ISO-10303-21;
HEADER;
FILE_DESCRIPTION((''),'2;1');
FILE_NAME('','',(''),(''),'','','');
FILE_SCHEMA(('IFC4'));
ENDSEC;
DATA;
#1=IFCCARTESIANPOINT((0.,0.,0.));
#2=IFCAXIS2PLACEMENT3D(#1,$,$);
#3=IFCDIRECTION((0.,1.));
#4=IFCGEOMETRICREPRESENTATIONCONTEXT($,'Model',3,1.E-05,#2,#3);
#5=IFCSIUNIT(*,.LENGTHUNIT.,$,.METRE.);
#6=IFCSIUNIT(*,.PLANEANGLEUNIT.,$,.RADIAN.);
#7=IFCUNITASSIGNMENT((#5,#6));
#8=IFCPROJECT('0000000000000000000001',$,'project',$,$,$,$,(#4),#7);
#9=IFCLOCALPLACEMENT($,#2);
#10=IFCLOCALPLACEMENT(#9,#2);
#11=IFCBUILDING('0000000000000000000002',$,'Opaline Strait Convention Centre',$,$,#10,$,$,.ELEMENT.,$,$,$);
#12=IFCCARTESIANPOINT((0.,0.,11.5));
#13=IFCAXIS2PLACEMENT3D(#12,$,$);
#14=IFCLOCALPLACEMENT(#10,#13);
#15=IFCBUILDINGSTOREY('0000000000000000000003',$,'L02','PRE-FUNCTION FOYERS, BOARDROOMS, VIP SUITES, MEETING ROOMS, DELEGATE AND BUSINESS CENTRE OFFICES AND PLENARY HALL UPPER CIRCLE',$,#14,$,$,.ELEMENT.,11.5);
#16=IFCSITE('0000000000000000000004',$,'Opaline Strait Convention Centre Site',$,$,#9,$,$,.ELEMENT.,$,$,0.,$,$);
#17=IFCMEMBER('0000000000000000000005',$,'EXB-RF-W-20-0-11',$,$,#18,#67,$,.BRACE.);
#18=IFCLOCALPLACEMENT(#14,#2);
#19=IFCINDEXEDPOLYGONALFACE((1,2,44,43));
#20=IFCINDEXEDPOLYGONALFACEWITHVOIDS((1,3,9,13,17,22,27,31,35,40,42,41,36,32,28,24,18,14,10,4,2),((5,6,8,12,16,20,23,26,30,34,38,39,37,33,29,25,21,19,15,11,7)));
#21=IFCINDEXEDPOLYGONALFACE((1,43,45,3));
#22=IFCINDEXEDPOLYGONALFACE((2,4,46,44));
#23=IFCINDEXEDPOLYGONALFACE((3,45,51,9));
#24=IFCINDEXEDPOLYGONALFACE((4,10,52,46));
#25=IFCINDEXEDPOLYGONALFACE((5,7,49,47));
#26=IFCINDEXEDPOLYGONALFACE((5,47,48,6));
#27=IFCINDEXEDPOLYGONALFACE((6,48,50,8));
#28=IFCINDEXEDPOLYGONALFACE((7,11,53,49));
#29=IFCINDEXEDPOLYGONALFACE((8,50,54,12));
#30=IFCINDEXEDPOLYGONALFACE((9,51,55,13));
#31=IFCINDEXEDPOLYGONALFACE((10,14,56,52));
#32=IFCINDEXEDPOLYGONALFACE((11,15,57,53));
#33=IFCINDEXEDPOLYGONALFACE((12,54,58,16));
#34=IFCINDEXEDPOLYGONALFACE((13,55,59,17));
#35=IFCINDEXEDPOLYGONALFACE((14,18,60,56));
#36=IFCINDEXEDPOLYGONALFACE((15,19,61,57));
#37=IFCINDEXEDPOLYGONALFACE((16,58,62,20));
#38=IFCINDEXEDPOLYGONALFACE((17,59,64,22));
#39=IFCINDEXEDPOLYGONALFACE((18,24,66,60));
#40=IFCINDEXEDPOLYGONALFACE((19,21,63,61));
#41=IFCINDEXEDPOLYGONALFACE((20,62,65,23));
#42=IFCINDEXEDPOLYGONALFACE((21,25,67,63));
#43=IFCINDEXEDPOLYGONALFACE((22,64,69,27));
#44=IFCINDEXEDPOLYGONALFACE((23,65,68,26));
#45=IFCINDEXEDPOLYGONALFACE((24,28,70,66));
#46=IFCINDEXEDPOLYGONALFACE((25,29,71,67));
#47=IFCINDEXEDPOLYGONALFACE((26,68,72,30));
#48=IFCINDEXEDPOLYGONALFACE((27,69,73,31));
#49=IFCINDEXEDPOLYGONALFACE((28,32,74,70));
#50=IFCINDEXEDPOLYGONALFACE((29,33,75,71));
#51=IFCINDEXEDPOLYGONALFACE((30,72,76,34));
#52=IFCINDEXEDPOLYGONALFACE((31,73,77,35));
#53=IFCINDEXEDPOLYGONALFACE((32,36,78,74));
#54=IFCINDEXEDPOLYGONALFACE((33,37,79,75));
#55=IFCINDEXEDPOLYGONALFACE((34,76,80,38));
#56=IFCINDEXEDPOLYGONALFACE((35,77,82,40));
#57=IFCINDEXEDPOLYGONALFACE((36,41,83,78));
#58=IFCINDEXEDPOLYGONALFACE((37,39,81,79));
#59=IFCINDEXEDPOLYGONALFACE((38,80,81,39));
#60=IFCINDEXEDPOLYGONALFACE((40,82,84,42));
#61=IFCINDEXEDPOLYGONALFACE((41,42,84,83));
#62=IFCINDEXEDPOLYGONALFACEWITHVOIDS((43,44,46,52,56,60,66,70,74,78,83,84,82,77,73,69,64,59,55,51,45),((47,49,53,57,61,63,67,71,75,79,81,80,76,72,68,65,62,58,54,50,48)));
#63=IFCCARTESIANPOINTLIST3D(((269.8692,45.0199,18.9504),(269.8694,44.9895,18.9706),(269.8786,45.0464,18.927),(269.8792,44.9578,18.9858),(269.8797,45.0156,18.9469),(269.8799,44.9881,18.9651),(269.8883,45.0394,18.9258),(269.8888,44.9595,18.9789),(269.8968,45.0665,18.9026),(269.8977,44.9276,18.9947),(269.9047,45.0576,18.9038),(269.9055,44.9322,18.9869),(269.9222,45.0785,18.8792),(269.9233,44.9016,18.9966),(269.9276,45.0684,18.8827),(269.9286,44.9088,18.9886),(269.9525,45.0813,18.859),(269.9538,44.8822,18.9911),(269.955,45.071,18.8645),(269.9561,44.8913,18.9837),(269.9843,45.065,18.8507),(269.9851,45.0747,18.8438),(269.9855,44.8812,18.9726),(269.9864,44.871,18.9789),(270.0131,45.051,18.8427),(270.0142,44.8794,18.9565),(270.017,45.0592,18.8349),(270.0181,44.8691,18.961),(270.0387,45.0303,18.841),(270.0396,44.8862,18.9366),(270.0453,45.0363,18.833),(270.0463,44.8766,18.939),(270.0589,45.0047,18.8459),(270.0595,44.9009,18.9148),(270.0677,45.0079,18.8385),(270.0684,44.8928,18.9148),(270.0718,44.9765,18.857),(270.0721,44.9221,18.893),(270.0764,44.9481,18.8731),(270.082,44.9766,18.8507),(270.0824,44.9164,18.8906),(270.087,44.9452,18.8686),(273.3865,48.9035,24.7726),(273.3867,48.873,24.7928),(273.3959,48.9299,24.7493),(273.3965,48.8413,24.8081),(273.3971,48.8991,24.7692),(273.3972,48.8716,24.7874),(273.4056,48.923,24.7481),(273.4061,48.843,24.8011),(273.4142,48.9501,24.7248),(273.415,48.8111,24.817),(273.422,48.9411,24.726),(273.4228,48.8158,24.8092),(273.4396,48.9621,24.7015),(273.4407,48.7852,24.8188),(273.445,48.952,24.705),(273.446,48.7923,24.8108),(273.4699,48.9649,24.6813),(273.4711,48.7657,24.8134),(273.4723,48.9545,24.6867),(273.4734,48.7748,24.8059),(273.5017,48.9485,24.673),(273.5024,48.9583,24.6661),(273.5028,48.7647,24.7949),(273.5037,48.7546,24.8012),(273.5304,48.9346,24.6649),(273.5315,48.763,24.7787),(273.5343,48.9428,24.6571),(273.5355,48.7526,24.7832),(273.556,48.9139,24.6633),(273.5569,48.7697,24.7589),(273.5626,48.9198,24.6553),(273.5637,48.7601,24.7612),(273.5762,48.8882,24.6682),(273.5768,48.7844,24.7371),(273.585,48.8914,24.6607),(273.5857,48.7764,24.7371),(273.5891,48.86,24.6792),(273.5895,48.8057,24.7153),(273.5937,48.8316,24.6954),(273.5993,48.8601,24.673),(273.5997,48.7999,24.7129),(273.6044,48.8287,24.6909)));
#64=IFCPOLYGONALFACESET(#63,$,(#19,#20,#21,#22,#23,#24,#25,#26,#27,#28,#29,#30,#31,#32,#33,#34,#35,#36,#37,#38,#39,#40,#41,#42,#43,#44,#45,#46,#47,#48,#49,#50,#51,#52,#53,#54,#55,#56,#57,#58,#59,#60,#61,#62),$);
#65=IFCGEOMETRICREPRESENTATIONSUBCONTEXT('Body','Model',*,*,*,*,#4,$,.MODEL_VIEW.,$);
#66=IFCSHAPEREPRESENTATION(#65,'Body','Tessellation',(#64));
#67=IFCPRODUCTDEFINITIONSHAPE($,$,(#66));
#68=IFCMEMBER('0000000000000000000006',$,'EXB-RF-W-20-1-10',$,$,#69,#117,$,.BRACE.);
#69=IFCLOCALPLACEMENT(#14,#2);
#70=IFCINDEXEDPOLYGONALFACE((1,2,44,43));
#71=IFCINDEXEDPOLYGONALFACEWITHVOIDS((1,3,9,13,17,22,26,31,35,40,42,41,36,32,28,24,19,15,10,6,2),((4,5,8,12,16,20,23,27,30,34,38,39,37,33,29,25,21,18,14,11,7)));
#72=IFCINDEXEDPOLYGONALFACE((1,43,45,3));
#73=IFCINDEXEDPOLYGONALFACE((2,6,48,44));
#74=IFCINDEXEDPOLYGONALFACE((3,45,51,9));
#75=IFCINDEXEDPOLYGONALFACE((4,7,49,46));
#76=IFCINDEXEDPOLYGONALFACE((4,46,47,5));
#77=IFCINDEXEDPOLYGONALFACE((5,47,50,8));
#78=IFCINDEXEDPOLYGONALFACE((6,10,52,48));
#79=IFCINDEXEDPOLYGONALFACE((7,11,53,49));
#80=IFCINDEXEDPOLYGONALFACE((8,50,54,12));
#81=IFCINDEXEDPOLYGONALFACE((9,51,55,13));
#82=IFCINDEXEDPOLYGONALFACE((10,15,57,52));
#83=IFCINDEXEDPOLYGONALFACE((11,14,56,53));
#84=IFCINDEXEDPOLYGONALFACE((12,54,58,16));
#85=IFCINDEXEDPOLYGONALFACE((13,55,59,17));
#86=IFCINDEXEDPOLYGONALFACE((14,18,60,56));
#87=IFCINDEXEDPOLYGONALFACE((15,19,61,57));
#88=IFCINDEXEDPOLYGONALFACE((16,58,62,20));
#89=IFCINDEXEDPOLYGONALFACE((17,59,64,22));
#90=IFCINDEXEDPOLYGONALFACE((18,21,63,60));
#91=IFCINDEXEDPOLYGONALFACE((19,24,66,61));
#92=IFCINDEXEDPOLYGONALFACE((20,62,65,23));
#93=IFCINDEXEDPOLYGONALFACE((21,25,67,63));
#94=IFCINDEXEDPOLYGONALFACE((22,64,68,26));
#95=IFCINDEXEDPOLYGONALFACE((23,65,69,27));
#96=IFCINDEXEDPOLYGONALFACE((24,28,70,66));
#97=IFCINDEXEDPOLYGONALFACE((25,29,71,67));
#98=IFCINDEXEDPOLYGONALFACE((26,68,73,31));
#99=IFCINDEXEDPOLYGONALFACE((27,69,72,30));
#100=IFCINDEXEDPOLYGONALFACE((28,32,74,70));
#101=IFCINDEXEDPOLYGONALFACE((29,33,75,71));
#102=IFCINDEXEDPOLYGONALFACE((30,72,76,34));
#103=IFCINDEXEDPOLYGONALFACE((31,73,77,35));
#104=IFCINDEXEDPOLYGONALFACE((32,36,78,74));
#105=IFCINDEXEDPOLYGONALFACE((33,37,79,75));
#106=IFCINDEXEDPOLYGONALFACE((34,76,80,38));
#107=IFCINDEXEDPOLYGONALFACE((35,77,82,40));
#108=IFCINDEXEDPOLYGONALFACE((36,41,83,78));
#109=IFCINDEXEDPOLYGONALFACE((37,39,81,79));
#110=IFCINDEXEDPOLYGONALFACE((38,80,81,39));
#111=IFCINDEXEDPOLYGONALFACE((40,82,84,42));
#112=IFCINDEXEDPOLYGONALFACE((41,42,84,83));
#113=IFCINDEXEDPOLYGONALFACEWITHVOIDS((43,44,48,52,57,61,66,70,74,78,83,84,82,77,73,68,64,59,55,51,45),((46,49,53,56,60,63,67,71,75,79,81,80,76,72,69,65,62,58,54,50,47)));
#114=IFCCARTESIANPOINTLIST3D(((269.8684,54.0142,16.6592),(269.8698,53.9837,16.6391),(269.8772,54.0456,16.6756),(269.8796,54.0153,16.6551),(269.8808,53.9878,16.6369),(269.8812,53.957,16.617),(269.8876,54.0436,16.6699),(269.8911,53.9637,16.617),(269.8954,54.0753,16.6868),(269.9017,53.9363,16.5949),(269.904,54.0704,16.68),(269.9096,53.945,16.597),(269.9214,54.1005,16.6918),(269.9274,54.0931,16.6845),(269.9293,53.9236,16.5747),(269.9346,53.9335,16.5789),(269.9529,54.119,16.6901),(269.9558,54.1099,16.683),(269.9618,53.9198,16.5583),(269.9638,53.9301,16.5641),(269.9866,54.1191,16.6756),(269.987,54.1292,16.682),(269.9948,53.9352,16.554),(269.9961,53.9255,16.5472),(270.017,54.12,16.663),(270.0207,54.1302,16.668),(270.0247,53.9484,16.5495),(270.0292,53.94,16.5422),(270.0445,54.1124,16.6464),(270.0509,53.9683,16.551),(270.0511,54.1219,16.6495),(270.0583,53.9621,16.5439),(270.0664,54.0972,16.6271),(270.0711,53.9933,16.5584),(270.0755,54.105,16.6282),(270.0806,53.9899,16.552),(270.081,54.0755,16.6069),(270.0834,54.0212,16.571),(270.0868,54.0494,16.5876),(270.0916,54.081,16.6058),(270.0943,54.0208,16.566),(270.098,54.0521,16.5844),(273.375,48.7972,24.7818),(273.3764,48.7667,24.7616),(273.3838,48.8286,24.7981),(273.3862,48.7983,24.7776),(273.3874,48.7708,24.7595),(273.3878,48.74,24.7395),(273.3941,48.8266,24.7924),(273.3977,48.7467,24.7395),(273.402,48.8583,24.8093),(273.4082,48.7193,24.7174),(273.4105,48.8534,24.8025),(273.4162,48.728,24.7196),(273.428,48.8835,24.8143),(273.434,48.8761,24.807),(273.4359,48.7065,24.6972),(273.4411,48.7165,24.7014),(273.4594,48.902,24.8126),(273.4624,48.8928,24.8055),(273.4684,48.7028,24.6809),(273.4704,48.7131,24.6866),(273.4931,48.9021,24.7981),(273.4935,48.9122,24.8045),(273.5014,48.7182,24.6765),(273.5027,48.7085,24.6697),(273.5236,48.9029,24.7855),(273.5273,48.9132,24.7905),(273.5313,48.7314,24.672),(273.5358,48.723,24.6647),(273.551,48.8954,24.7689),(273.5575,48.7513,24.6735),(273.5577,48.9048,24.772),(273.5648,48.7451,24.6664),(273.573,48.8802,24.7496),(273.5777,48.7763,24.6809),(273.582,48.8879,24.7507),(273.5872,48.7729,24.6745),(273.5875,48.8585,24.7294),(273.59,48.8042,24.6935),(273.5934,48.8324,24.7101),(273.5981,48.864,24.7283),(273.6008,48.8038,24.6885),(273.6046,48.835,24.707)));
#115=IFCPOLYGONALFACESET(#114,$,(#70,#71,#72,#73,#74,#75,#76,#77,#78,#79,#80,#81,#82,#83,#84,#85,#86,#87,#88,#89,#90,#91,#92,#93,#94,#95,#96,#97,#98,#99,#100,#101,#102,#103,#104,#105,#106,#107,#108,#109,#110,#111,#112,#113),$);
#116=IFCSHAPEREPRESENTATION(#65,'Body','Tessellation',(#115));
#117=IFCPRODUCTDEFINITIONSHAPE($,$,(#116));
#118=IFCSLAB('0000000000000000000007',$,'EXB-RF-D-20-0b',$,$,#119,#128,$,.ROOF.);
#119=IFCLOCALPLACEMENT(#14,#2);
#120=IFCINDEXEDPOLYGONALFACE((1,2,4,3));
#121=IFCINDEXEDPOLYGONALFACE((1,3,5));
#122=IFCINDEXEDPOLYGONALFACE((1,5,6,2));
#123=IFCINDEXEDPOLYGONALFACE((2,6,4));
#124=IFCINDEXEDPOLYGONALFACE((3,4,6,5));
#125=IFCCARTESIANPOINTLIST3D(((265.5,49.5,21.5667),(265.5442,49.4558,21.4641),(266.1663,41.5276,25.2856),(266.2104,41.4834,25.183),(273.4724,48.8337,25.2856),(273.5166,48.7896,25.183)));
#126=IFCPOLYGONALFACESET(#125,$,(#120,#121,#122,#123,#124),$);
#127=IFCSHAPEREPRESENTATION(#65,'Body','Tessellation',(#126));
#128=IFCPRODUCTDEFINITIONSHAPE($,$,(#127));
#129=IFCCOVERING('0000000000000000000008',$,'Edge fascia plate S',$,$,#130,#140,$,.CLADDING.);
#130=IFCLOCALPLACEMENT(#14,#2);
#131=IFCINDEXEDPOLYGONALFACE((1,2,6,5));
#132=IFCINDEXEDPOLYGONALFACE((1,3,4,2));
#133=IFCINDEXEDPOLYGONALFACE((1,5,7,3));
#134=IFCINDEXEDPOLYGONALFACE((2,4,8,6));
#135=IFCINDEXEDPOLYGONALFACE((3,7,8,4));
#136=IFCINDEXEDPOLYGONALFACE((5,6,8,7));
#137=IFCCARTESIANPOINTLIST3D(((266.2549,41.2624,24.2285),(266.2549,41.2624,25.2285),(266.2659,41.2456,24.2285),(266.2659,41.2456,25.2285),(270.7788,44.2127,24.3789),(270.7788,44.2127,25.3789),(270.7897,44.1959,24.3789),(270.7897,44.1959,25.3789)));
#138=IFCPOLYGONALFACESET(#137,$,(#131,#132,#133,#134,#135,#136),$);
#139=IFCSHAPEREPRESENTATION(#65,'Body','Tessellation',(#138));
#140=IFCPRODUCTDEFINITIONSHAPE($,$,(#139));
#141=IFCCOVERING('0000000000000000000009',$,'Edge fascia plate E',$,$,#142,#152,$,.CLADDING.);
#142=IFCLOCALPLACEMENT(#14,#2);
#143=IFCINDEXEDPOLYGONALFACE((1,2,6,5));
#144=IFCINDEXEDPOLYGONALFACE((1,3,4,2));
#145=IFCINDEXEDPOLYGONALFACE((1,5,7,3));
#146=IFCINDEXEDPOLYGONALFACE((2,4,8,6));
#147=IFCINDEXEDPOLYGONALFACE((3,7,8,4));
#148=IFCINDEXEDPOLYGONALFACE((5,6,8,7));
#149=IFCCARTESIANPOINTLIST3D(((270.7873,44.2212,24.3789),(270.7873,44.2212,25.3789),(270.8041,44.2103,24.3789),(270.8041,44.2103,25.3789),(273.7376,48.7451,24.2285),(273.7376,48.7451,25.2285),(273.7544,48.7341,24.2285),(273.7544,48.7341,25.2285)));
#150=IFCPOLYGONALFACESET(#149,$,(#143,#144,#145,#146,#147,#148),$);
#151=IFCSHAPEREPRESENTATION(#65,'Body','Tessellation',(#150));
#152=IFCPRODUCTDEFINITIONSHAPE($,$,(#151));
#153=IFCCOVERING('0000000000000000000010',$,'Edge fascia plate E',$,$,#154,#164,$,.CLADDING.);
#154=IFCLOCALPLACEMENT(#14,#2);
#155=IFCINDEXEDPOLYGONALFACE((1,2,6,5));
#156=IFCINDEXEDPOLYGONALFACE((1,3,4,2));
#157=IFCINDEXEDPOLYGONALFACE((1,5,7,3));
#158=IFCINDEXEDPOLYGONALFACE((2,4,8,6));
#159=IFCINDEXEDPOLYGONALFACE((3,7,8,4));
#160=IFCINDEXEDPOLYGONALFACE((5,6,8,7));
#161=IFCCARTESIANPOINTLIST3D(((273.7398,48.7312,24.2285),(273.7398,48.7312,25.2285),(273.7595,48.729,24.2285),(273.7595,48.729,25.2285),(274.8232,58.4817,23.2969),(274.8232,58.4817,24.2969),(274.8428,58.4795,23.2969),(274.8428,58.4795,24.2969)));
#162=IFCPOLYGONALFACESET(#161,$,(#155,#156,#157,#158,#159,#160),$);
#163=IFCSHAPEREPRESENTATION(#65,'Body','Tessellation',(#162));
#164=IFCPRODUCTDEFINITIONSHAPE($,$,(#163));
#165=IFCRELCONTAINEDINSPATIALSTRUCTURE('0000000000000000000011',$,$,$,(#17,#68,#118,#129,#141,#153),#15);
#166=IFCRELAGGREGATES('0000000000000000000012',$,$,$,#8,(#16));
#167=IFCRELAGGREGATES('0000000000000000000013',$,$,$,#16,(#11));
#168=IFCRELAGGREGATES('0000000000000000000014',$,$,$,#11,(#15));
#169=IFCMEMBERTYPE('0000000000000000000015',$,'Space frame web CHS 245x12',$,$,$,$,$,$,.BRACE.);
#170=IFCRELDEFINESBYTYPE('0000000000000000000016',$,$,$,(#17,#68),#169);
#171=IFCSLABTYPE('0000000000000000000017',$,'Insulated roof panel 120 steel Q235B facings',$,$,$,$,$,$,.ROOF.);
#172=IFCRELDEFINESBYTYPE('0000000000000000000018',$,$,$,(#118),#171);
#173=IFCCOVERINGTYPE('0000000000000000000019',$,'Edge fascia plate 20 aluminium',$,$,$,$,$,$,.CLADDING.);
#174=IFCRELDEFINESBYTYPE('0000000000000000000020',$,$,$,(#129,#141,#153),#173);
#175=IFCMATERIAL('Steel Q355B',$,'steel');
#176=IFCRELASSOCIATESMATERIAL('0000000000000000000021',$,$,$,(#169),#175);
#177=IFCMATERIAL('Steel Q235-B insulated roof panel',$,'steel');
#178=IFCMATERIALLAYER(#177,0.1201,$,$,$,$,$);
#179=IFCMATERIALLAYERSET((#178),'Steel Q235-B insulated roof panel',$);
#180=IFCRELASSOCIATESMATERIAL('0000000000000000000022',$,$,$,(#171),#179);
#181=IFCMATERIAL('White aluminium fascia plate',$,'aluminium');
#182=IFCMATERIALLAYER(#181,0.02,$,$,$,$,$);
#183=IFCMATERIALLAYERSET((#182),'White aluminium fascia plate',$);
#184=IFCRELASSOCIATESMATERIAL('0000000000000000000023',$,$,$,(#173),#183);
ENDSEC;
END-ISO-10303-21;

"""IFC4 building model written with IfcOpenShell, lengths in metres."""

from ifc_helpers import new_model, si_unit, direction, frame, origin, origin_2d, place, context, subcontext, project, spatial, polyline, hollow_circle, outline, extrude, material, layer, layer_set, material_profile, profile_set, type_object, element, save


model = new_model("IFC4")

# Units and contexts
model_context = context("Model", 3, precision=1e-05, world=origin(), true_north=direction((0.0, 1.0)))
body_context = subcontext(model_context, "Body", "Model", "MODEL_VIEW")
ifc_project = project(units=[si_unit("LENGTHUNIT", "METRE"), si_unit("PLANEANGLEUNIT", "RADIAN")], contexts=[model_context])

# Site, building, storey
site_placement = place(None, origin())
site = spatial("IfcSite", under=ifc_project, at=site_placement, Name="Opaline Strait Convention Centre Site", CompositionType="ELEMENT", RefElevation=0.0)
building_placement = place(site_placement, origin())
building = spatial("IfcBuilding", under=site, at=building_placement, Name="Opaline Strait Convention Centre", CompositionType="ELEMENT")
storey_placement = place(building_placement, frame((0.0, 0.0, 11.5)))
storey = spatial("IfcBuildingStorey", under=building, at=storey_placement, Name="L02", Description="PRE-FUNCTION FOYERS, BOARDROOMS, VIP SUITES, MEETING ROOMS, DELEGATE AND BUSINESS CENTRE OFFICES AND PLENARY HALL UPPER CIRCLE", CompositionType="ELEMENT", Elevation=11.5)

# Members
ifc_material_1 = material(Name="Steel Q355B", Category="steel")
ifc_material_profile_1 = material_profile(ifc_material_1, hollow_circle(Radius=0.1226, WallThickness=0.012, at=origin_2d()), Name="CHS 245x12")
ifc_profile_set_1 = profile_set([ifc_material_profile_1], Name="Steel Q355B")
member_type_1 = type_object("IfcMemberType", Name="Space frame web CHS 245x12", PredefinedType="BRACE", material=ifc_profile_set_1)
member_1_placement = place(storey_placement, frame((273.4949, 48.8586, 24.7371), z_axis=(-0.449053, -0.495807, -0.743321), x_axis=(0.741189, -0.671296, 0.0)))
element("IfcMember", 1, at=member_1_placement, inside=storey, type_object=member_type_1, Name="EXB-RF-W-20-0-11", PredefinedType="BRACE", context=body_context, shape_type="SweptSolid", body=[
    extrude(hollow_circle(Radius=0.1226, WallThickness=0.012, at=origin_2d()), origin(), (0.0, 0.0, 1.0), 7.8328),
])
member_2_placement = place(storey_placement, frame((273.4895, 48.8083, 24.7395), z_axis=(-0.341413, 0.507948, -0.790839), x_axis=(-0.829947, -0.557842, 0.0)))
element("IfcMember", 2, at=member_2_placement, inside=storey, type_object=member_type_1, Name="EXB-RF-W-20-1-10", PredefinedType="BRACE", context=body_context, shape_type="SweptSolid", body=[
    extrude(hollow_circle(Radius=0.1226, WallThickness=0.012, at=origin_2d()), origin(), (0.0, 0.0, 1.0), 10.2708),
])

# Slab
ifc_material_2 = material(Name="Steel Q235-B insulated roof panel", Category="steel")
ifc_layer_1 = layer(ifc_material_2, 0.1201)
ifc_layer_set_1 = layer_set([ifc_layer_1], Name="Steel Q235-B insulated roof panel")
slab_type = type_object("IfcSlabType", Name="Insulated roof panel 120 steel Q235B facings", PredefinedType="ROOF", material=ifc_layer_set_1)
slab_placement = place(storey_placement, frame((266.1663, 41.5276, 25.2856), z_axis=(-0.367716, 0.367716, 0.854149), x_axis=(0.707107, 0.707107, 0.0)))
element("IfcSlab", 3, at=slab_placement, inside=storey, type_object=slab_type, Name="EXB-RF-D-20-0b", PredefinedType="ROOF", context=body_context, shape_type="SweptSolid", body=[
    extrude(outline(polyline([(0.0, 0.0), (10.3325, 0.0), (5.1662, 7.1515), (0.0, 0.0)])), origin(), (0.0, 0.0, -1.0), 0.1201),
])

# Coverings
ifc_material_3 = material(Name="White aluminium fascia plate", Category="aluminium")
ifc_layer_2 = layer(ifc_material_3, 0.02)
ifc_layer_set_2 = layer_set([ifc_layer_2], Name="White aluminium fascia plate")
covering_type = type_object("IfcCoveringType", Name="Edge fascia plate 20 aluminium", PredefinedType="CLADDING", material=ifc_layer_set_2)
covering_1_placement = place(storey_placement, frame((268.5168, 42.7375, 24.8037), z_axis=(0.546268, -0.837611, 0.0), x_axis=(0.837611, 0.546268, 0.0)))
element("IfcCovering", 4, at=covering_1_placement, inside=storey, type_object=covering_type, Name="Edge fascia plate S", PredefinedType="CLADDING", context=body_context, shape_type="SweptSolid", body=[
    extrude(outline(polyline([(-2.7004, 0.4248), (2.7004, 0.5752), (2.7004, -0.4248), (-2.7004, -0.5752), (-2.7004, 0.4248)])), origin(), (0.0, 0.0, 1.0), 0.02),
])
covering_2_placement = place(storey_placement, frame((272.2625, 46.4832, 24.8037), z_axis=(0.837611, -0.546268, 0.0), x_axis=(0.546268, 0.837611, 0.0)))
element("IfcCovering", 5, at=covering_2_placement, inside=storey, type_object=covering_type, Name="Edge fascia plate E", PredefinedType="CLADDING", context=body_context, shape_type="SweptSolid", body=[
    extrude(outline(polyline([(-2.7004, 0.5752), (2.7004, 0.4248), (2.7004, -0.5752), (-2.7004, -0.4248), (-2.7004, 0.5752)])), origin(), (0.0, 0.0, 1.0), 0.02),
])
covering_3_placement = place(storey_placement, frame((274.2815, 53.6064, 24.2627), z_axis=(0.993884, -0.110432, 0.0), x_axis=(0.110432, 0.993884, 0.0)))
element("IfcCovering", 6, at=covering_3_placement, inside=storey, type_object=covering_type, Name="Edge fascia plate E", PredefinedType="CLADDING", context=body_context, shape_type="SweptSolid", body=[
    extrude(outline(polyline([(-4.9053, 0.9658), (4.9053, 0.0342), (4.9053, -0.9658), (-4.9053, -0.0342), (-4.9053, 0.9658)])), origin(), (0.0, 0.0, 1.0), 0.0198),
])

save(model, "model.ifc")
